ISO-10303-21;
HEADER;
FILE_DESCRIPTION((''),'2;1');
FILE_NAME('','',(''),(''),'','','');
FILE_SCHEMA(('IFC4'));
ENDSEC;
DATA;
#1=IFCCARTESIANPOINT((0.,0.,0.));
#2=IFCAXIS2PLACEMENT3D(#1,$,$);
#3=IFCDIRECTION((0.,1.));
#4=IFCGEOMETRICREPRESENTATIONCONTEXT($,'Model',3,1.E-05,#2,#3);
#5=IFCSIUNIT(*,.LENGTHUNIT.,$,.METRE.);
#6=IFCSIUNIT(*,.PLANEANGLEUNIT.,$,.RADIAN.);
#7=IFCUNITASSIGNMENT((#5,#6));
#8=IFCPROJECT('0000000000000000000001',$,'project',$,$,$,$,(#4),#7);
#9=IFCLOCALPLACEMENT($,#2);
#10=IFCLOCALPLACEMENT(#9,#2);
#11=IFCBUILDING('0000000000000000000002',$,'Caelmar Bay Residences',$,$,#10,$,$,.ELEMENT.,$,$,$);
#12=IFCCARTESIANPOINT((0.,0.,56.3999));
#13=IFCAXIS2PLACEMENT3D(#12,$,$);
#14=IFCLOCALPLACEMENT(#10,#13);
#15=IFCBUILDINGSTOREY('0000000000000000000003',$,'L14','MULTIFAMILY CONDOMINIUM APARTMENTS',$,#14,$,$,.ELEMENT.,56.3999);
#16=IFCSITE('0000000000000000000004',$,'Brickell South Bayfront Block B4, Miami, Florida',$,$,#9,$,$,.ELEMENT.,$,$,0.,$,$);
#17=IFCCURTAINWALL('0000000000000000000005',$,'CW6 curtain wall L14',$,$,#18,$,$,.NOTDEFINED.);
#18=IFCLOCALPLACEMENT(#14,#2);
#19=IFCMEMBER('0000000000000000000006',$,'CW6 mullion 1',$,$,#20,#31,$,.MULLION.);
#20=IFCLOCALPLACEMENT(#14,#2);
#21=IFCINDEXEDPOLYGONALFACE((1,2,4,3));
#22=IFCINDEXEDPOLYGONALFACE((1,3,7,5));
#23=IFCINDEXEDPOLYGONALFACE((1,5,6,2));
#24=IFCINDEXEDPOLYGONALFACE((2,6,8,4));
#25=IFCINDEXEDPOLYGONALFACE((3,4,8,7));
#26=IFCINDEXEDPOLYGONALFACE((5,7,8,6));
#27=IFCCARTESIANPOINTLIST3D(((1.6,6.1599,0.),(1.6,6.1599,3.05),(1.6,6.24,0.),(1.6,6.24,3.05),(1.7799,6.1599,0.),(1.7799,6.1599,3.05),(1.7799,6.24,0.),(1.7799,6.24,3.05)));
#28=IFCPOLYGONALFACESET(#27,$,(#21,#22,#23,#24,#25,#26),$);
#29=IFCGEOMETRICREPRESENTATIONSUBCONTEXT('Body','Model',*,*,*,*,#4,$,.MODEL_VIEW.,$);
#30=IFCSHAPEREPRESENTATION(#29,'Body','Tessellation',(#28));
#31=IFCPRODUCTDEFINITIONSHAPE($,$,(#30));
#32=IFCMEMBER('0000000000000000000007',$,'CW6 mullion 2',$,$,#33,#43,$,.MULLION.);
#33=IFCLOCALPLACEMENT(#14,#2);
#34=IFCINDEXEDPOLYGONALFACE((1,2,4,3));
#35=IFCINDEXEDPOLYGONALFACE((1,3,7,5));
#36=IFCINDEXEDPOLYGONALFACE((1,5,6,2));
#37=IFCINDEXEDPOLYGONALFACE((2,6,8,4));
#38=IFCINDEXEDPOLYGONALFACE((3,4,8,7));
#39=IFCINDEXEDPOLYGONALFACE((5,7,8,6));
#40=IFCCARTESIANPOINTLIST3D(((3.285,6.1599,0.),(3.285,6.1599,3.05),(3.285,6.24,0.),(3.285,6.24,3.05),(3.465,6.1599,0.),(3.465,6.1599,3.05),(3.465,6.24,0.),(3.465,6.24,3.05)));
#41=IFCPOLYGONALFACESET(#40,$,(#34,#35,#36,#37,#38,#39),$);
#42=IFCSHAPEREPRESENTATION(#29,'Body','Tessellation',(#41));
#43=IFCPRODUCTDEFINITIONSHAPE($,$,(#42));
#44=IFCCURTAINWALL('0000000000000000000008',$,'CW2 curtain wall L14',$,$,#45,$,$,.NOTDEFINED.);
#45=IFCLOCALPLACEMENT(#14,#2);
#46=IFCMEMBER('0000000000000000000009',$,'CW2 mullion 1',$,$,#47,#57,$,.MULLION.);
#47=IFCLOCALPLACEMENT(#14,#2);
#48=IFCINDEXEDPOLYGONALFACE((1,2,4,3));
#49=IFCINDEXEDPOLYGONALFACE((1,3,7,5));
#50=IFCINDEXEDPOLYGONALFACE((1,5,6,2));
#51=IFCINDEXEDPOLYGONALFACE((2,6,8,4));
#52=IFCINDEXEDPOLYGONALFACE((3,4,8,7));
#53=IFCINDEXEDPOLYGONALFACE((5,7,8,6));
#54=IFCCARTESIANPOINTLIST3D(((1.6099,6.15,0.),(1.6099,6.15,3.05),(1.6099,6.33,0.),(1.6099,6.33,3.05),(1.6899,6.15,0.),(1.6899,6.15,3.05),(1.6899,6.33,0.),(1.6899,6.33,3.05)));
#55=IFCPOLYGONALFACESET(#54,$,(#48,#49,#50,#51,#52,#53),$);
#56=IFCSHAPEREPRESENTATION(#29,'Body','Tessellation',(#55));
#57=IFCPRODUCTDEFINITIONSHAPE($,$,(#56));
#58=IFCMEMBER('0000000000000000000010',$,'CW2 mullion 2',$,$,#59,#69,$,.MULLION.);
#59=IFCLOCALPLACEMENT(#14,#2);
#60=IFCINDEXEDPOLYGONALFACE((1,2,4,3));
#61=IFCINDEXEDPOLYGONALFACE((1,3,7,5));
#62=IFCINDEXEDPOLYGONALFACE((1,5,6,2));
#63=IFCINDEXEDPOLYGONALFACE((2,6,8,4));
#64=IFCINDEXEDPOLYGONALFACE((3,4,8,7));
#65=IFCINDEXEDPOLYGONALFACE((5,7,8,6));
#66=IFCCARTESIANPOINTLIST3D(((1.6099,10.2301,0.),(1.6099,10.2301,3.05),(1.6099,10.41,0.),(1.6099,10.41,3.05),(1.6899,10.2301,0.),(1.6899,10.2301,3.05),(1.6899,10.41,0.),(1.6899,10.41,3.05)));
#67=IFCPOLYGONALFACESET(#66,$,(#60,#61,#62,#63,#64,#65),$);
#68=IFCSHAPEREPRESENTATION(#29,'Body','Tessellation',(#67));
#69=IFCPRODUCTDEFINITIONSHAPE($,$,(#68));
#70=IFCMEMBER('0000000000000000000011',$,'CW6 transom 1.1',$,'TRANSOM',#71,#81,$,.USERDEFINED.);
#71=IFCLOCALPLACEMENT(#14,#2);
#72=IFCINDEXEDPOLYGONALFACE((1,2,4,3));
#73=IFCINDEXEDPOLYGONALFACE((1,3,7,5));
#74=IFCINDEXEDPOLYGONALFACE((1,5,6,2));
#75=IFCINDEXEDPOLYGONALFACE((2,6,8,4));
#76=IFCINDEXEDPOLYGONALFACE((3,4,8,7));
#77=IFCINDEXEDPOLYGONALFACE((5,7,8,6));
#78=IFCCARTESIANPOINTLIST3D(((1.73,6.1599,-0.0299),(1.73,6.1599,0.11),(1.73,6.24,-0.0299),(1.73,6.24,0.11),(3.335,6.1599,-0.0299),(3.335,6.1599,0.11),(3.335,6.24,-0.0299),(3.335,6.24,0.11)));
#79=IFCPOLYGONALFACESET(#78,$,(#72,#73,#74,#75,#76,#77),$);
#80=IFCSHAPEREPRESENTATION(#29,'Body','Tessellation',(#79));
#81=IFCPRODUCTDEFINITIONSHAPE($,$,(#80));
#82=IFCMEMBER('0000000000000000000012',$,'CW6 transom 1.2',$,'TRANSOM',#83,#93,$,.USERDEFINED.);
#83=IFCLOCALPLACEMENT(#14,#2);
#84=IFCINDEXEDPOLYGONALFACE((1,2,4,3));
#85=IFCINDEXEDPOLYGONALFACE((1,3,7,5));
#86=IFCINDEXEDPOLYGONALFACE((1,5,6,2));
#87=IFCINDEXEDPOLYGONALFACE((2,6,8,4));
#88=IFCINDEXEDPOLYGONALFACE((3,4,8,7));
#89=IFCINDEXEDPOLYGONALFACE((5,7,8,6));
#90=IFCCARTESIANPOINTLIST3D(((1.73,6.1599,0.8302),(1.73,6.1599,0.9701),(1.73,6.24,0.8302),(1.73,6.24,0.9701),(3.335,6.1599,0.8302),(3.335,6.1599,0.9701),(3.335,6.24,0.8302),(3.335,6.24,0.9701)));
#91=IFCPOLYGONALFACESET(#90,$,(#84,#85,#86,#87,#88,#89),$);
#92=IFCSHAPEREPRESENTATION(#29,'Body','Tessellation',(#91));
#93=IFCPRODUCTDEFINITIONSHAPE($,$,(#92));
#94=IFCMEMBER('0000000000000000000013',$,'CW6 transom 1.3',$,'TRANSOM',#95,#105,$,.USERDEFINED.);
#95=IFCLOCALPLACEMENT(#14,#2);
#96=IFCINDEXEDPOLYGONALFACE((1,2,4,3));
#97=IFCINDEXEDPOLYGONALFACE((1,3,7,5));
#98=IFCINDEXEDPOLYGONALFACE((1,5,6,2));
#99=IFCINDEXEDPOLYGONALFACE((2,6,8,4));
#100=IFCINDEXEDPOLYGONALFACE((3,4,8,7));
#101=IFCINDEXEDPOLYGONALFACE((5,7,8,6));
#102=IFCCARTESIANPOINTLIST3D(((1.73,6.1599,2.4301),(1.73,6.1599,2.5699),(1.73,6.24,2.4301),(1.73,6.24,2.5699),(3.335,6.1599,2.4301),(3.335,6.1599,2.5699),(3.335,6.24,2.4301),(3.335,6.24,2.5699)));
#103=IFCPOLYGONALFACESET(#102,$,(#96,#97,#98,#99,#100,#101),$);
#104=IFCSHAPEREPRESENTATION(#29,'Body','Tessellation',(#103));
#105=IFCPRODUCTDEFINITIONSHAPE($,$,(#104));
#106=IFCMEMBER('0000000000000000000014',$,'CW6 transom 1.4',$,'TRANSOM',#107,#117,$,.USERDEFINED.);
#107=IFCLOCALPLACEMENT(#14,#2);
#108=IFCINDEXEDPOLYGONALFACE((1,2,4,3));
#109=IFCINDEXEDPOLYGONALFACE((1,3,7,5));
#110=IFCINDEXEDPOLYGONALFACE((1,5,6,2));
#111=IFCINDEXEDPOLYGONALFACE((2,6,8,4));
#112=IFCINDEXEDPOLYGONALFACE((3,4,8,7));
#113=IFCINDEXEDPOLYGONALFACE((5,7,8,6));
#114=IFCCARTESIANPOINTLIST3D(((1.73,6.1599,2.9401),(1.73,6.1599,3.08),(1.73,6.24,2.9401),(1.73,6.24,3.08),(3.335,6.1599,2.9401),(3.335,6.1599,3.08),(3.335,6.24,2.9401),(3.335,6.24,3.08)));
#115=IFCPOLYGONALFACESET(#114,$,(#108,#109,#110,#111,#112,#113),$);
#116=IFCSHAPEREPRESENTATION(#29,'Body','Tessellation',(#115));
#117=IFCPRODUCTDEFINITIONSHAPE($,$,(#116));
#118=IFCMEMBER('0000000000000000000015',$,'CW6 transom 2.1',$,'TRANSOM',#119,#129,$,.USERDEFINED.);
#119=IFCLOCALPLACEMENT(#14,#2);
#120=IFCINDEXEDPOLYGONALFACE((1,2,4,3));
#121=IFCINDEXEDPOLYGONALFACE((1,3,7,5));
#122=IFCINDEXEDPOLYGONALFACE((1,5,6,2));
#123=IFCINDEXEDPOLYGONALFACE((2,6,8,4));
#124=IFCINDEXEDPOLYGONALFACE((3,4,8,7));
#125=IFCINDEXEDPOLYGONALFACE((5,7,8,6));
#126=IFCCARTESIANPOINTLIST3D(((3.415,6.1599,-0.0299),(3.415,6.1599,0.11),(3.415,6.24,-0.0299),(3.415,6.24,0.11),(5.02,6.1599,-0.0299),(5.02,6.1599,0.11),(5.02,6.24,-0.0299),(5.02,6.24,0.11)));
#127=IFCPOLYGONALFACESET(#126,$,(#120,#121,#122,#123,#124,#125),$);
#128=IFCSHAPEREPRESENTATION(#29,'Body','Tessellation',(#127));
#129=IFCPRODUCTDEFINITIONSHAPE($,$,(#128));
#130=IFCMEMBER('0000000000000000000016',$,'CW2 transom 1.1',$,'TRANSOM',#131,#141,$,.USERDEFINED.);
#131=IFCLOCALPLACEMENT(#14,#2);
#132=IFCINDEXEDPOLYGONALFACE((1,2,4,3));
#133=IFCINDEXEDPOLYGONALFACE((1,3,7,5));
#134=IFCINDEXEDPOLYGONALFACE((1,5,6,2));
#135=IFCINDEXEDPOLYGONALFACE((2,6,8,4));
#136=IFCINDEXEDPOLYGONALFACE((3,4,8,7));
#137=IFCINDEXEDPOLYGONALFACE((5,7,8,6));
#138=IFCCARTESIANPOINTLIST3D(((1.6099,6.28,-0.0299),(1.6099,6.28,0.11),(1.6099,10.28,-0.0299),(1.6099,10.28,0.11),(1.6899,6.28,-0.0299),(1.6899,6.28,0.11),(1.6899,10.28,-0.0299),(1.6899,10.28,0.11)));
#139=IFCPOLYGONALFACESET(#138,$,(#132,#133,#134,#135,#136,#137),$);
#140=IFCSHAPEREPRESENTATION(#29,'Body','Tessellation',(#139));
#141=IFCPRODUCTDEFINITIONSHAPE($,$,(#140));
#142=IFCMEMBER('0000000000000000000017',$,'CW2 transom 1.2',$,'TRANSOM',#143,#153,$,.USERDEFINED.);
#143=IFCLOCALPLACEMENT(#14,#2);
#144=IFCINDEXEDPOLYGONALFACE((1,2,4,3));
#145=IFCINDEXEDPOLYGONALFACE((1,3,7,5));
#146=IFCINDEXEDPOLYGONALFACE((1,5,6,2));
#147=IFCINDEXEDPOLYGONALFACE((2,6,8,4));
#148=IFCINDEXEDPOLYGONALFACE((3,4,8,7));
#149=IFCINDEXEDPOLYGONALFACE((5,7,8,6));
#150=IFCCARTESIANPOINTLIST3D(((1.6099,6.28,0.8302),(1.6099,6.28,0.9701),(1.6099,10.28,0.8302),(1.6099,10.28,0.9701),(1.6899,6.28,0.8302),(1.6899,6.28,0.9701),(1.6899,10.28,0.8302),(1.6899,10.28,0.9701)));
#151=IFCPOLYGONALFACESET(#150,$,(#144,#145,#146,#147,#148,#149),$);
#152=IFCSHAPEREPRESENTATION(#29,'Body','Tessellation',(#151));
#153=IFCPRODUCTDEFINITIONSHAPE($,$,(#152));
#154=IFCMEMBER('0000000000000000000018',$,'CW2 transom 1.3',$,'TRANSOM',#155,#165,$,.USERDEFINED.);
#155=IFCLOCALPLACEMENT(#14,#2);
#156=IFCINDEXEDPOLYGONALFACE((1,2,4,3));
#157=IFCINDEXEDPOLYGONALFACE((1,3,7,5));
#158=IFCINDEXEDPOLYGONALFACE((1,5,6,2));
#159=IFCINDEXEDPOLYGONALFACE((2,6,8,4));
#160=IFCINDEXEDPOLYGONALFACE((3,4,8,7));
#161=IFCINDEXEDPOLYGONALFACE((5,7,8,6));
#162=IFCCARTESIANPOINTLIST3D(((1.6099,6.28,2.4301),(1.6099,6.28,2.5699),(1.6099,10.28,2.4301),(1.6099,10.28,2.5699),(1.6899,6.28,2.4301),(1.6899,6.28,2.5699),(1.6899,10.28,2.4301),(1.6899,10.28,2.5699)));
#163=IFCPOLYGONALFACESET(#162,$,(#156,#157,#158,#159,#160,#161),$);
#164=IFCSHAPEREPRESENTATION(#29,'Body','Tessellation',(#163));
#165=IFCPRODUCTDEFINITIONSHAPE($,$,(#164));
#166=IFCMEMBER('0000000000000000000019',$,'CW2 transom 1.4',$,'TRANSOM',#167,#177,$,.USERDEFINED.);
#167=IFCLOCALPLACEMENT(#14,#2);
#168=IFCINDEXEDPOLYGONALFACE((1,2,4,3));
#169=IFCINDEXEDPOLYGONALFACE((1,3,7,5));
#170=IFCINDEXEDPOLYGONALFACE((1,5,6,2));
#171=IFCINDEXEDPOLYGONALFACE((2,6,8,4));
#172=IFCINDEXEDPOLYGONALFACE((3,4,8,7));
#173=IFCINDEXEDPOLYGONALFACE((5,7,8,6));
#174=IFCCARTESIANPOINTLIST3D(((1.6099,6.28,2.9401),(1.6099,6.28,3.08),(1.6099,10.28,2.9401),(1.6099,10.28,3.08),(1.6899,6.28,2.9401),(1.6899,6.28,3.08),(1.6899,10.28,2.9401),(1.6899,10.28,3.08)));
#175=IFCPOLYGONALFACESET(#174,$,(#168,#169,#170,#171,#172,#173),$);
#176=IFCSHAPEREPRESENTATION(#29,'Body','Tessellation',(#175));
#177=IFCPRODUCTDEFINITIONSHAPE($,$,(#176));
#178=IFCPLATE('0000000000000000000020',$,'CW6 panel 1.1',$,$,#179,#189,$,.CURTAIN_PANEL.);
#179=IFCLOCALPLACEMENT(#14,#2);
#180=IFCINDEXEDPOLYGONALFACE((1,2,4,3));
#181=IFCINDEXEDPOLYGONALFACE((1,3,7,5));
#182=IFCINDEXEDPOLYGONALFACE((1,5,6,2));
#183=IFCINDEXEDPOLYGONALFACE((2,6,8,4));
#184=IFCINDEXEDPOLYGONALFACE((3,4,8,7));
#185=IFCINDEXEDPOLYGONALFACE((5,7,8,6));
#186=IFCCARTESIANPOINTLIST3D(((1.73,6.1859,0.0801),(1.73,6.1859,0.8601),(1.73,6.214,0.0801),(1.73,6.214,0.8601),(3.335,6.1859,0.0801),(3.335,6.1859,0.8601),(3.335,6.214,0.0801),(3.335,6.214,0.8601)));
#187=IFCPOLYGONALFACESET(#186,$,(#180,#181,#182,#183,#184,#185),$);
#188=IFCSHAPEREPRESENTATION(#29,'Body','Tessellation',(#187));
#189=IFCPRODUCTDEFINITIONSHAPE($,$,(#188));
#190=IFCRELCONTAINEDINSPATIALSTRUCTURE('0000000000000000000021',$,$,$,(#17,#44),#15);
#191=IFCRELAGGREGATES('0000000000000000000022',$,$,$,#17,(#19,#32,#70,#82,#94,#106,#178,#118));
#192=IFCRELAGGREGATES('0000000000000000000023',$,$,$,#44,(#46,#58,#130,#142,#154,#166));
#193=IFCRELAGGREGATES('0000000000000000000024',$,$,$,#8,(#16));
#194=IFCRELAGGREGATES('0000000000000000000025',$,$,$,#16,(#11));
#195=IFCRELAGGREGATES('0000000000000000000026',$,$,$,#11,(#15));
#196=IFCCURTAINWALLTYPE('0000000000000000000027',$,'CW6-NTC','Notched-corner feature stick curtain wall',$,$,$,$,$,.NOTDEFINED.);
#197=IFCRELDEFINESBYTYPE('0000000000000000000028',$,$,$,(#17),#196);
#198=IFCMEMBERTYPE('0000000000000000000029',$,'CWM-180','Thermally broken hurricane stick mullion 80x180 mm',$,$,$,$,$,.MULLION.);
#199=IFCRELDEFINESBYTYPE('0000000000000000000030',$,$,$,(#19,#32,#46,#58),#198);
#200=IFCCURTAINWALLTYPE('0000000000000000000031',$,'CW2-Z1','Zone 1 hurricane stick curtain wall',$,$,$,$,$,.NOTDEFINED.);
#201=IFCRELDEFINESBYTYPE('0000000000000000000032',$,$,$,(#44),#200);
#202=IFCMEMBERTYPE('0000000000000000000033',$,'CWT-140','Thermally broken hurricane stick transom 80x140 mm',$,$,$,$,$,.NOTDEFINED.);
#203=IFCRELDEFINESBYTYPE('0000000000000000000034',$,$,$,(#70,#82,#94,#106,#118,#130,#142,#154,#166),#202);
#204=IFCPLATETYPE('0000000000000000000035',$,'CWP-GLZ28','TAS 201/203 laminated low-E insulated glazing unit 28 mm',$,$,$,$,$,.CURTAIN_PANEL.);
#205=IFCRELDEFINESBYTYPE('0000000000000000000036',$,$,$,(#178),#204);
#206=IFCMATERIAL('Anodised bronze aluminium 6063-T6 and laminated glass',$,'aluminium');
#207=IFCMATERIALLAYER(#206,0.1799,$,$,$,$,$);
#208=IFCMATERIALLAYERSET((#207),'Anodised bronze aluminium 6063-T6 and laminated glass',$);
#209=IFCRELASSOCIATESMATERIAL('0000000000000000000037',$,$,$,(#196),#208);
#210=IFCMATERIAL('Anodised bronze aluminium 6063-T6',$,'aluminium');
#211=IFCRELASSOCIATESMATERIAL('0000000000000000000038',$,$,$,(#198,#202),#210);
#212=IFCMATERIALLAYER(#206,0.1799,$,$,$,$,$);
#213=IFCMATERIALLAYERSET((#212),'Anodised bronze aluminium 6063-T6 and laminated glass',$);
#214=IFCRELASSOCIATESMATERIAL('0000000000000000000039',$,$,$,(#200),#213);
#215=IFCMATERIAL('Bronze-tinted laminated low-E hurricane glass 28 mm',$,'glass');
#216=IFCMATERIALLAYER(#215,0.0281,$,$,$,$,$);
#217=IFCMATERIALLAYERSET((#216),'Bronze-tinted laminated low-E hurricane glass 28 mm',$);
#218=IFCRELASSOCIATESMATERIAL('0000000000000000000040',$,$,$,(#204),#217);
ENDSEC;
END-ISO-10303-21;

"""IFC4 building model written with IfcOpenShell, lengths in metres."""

from ifc_helpers import new_model, si_unit, direction, frame, origin, origin_2d, place, context, subcontext, project, spatial, rectangle, extrude, material, layer, layer_set, material_profile, profile_set, type_object, element, aggregate, save


model = new_model("IFC4")

# Units and contexts
model_context = context("Model", 3, precision=1e-05, world=origin(), true_north=direction((0.0, 1.0)))
body_context = subcontext(model_context, "Body", "Model", "MODEL_VIEW")
ifc_project = project(units=[si_unit("LENGTHUNIT", "METRE"), si_unit("PLANEANGLEUNIT", "RADIAN")], contexts=[model_context])

# Site, building, storey
site_placement = place(None, origin())
site = spatial("IfcSite", under=ifc_project, at=site_placement, Name="Brickell South Bayfront Block B4, Miami, Florida", CompositionType="ELEMENT", RefElevation=0.0)
building_placement = place(site_placement, origin())
building = spatial("IfcBuilding", under=site, at=building_placement, Name="Caelmar Bay Residences", CompositionType="ELEMENT")
storey_placement = place(building_placement, frame((0.0, 0.0, 56.3999)))
storey = spatial("IfcBuildingStorey", under=building, at=storey_placement, Name="L14", Description="MULTIFAMILY CONDOMINIUM APARTMENTS", CompositionType="ELEMENT", Elevation=56.3999)

# Curtain walls, members
ifc_material_1 = material(Name="Anodised bronze aluminium 6063-T6 and laminated glass", Category="aluminium")
ifc_layer_1 = layer(ifc_material_1, 0.1799)
ifc_layer_set_1 = layer_set([ifc_layer_1], Name="Anodised bronze aluminium 6063-T6 and laminated glass")
curtain_wall_type_1 = type_object("IfcCurtainWallType", Name="CW6-NTC", Description="Notched-corner feature stick curtain wall", PredefinedType="NOTDEFINED", material=ifc_layer_set_1)
curtain_wall_1_placement = place(storey_placement, origin())
curtain_wall_1 = element("IfcCurtainWall", 1, at=curtain_wall_1_placement, inside=storey, type_object=curtain_wall_type_1, Name="CW6 curtain wall L14", PredefinedType="NOTDEFINED")
ifc_material_2 = material(Name="Anodised bronze aluminium 6063-T6", Category="aluminium")
ifc_material_profile_1 = material_profile(ifc_material_2, rectangle(XDim=0.0801, YDim=0.1799, at=origin_2d()), Name="CWM-80X180")
ifc_profile_set_1 = profile_set([ifc_material_profile_1], Name="Anodised bronze aluminium 6063-T6")
member_type_1 = type_object("IfcMemberType", Name="CWM-180", Description="Thermally broken hurricane stick mullion 80x180 mm", PredefinedType="MULLION", material=ifc_profile_set_1)
member_1_placement = place(storey_placement, frame((1.6899, 6.2, 0.0), z_axis=(0.0, 0.0, 1.0), x_axis=(0.0, 1.0, 0.0)))
member_1 = element("IfcMember", 2, at=member_1_placement, type_object=member_type_1, Name="CW6 mullion 1", PredefinedType="MULLION", context=body_context, shape_type="SweptSolid", body=[
    extrude(rectangle(XDim=0.0801, YDim=0.1799, at=origin_2d()), origin(), (0.0, 0.0, 1.0), 3.05),
])
member_2_placement = place(storey_placement, frame((3.375, 6.2, 0.0), z_axis=(0.0, 0.0, 1.0), x_axis=(0.0, 1.0, 0.0)))
member_2 = element("IfcMember", 3, at=member_2_placement, type_object=member_type_1, Name="CW6 mullion 2", PredefinedType="MULLION", context=body_context, shape_type="SweptSolid", body=[
    extrude(rectangle(XDim=0.0801, YDim=0.1799, at=origin_2d()), origin(), (0.0, 0.0, 1.0), 3.05),
])
ifc_layer_2 = layer(ifc_material_1, 0.1799)
ifc_layer_set_2 = layer_set([ifc_layer_2], Name="Anodised bronze aluminium 6063-T6 and laminated glass")
curtain_wall_type_2 = type_object("IfcCurtainWallType", Name="CW2-Z1", Description="Zone 1 hurricane stick curtain wall", PredefinedType="NOTDEFINED", material=ifc_layer_set_2)
curtain_wall_2_placement = place(storey_placement, origin())
curtain_wall_2 = element("IfcCurtainWall", 4, at=curtain_wall_2_placement, inside=storey, type_object=curtain_wall_type_2, Name="CW2 curtain wall L14", PredefinedType="NOTDEFINED")
member_3_placement = place(storey_placement, frame((1.6499, 6.24, 0.0), z_axis=(0.0, 0.0, 1.0), x_axis=(-1.0, 0.0, 0.0)))
member_3 = element("IfcMember", 5, at=member_3_placement, type_object=member_type_1, Name="CW2 mullion 1", PredefinedType="MULLION", context=body_context, shape_type="SweptSolid", body=[
    extrude(rectangle(XDim=0.0801, YDim=0.1799, at=origin_2d()), origin(), (0.0, 0.0, 1.0), 3.05),
])
member_4_placement = place(storey_placement, frame((1.6499, 10.3201, 0.0), z_axis=(0.0, 0.0, 1.0), x_axis=(-1.0, 0.0, 0.0)))
member_4 = element("IfcMember", 6, at=member_4_placement, type_object=member_type_1, Name="CW2 mullion 2", PredefinedType="MULLION", context=body_context, shape_type="SweptSolid", body=[
    extrude(rectangle(XDim=0.0801, YDim=0.1799, at=origin_2d()), origin(), (0.0, 0.0, 1.0), 3.05),
])

# Members
ifc_material_profile_2 = material_profile(ifc_material_2, rectangle(XDim=0.0801, YDim=0.1399, at=origin_2d()), Name="CWT-80X140")
ifc_profile_set_2 = profile_set([ifc_material_profile_2], Name="Anodised bronze aluminium 6063-T6")
member_type_2 = type_object("IfcMemberType", Name="CWT-140", Description="Thermally broken hurricane stick transom 80x140 mm", PredefinedType="NOTDEFINED", material=ifc_profile_set_2)
member_5_placement = place(storey_placement, frame((1.73, 6.2, 0.04), z_axis=(1.0, 0.0, 0.0), x_axis=(0.0, 1.0, 0.0)))
member_5 = element("IfcMember", 7, at=member_5_placement, type_object=member_type_2, Name="CW6 transom 1.1", ObjectType="TRANSOM", PredefinedType="USERDEFINED", context=body_context, shape_type="SweptSolid", body=[
    extrude(rectangle(XDim=0.0801, YDim=0.1399, at=origin_2d()), origin(), (0.0, 0.0, 1.0), 1.605),
])
member_6_placement = place(storey_placement, frame((1.73, 6.2, 0.9001), z_axis=(1.0, 0.0, 0.0), x_axis=(0.0, 1.0, 0.0)))
member_6 = element("IfcMember", 8, at=member_6_placement, type_object=member_type_2, Name="CW6 transom 1.2", ObjectType="TRANSOM", PredefinedType="USERDEFINED", context=body_context, shape_type="SweptSolid", body=[
    extrude(rectangle(XDim=0.0801, YDim=0.1399, at=origin_2d()), origin(), (0.0, 0.0, 1.0), 1.605),
])
member_7_placement = place(storey_placement, frame((1.73, 6.2, 2.5), z_axis=(1.0, 0.0, 0.0), x_axis=(0.0, 1.0, 0.0)))
member_7 = element("IfcMember", 9, at=member_7_placement, type_object=member_type_2, Name="CW6 transom 1.3", ObjectType="TRANSOM", PredefinedType="USERDEFINED", context=body_context, shape_type="SweptSolid", body=[
    extrude(rectangle(XDim=0.0801, YDim=0.1399, at=origin_2d()), origin(), (0.0, 0.0, 1.0), 1.605),
])
member_8_placement = place(storey_placement, frame((1.73, 6.2, 3.01), z_axis=(1.0, 0.0, 0.0), x_axis=(0.0, 1.0, 0.0)))
member_8 = element("IfcMember", 10, at=member_8_placement, type_object=member_type_2, Name="CW6 transom 1.4", ObjectType="TRANSOM", PredefinedType="USERDEFINED", context=body_context, shape_type="SweptSolid", body=[
    extrude(rectangle(XDim=0.0801, YDim=0.1399, at=origin_2d()), origin(), (0.0, 0.0, 1.0), 1.605),
])
member_9_placement = place(storey_placement, frame((3.415, 6.2, 0.04), z_axis=(1.0, 0.0, 0.0), x_axis=(0.0, 1.0, 0.0)))
member_9 = element("IfcMember", 11, at=member_9_placement, type_object=member_type_2, Name="CW6 transom 2.1", ObjectType="TRANSOM", PredefinedType="USERDEFINED", context=body_context, shape_type="SweptSolid", body=[
    extrude(rectangle(XDim=0.0801, YDim=0.1399, at=origin_2d()), origin(), (0.0, 0.0, 1.0), 1.605),
])
member_10_placement = place(storey_placement, frame((1.6499, 6.28, 0.04), z_axis=(0.0, 1.0, 0.0), x_axis=(-1.0, 0.0, 0.0)))
member_10 = element("IfcMember", 12, at=member_10_placement, type_object=member_type_2, Name="CW2 transom 1.1", ObjectType="TRANSOM", PredefinedType="USERDEFINED", context=body_context, shape_type="SweptSolid", body=[
    extrude(rectangle(XDim=0.0801, YDim=0.1399, at=origin_2d()), origin(), (0.0, 0.0, 1.0), 4.0),
])
member_11_placement = place(storey_placement, frame((1.6499, 6.28, 0.9001), z_axis=(0.0, 1.0, 0.0), x_axis=(-1.0, 0.0, 0.0)))
member_11 = element("IfcMember", 13, at=member_11_placement, type_object=member_type_2, Name="CW2 transom 1.2", ObjectType="TRANSOM", PredefinedType="USERDEFINED", context=body_context, shape_type="SweptSolid", body=[
    extrude(rectangle(XDim=0.0801, YDim=0.1399, at=origin_2d()), origin(), (0.0, 0.0, 1.0), 4.0),
])
member_12_placement = place(storey_placement, frame((1.6499, 6.28, 2.5), z_axis=(0.0, 1.0, 0.0), x_axis=(-1.0, 0.0, 0.0)))
member_12 = element("IfcMember", 14, at=member_12_placement, type_object=member_type_2, Name="CW2 transom 1.3", ObjectType="TRANSOM", PredefinedType="USERDEFINED", context=body_context, shape_type="SweptSolid", body=[
    extrude(rectangle(XDim=0.0801, YDim=0.1399, at=origin_2d()), origin(), (0.0, 0.0, 1.0), 4.0),
])
member_13_placement = place(storey_placement, frame((1.6499, 6.28, 3.01), z_axis=(0.0, 1.0, 0.0), x_axis=(-1.0, 0.0, 0.0)))
member_13 = element("IfcMember", 15, at=member_13_placement, type_object=member_type_2, Name="CW2 transom 1.4", ObjectType="TRANSOM", PredefinedType="USERDEFINED", context=body_context, shape_type="SweptSolid", body=[
    extrude(rectangle(XDim=0.0801, YDim=0.1399, at=origin_2d()), origin(), (0.0, 0.0, 1.0), 4.0),
])

# Plate
ifc_material_3 = material(Name="Bronze-tinted laminated low-E hurricane glass 28 mm", Category="glass")
ifc_layer_3 = layer(ifc_material_3, 0.0281)
ifc_layer_set_3 = layer_set([ifc_layer_3], Name="Bronze-tinted laminated low-E hurricane glass 28 mm")
plate_type = type_object("IfcPlateType", Name="CWP-GLZ28", Description="TAS 201/203 laminated low-E insulated glazing unit 28 mm", PredefinedType="CURTAIN_PANEL", material=ifc_layer_set_3)
plate_1_placement = place(storey_placement, frame((2.5325, 6.2, 0.0801), z_axis=(0.0, 0.0, 1.0), x_axis=(1.0, 0.0, 0.0)))
plate_1 = element("IfcPlate", 16, at=plate_1_placement, type_object=plate_type, Name="CW6 panel 1.1", PredefinedType="CURTAIN_PANEL", context=body_context, shape_type="SweptSolid", body=[
    extrude(rectangle(XDim=1.605, YDim=0.0281, at=origin_2d()), origin(), (0.0, 0.0, 1.0), 0.78),
])
aggregate(curtain_wall_1, [member_1, member_2, member_5, member_6, member_7, member_8, plate_1, member_9])
aggregate(curtain_wall_2, [member_3, member_4, member_10, member_11, member_12, member_13])

save(model, "model.ifc")
